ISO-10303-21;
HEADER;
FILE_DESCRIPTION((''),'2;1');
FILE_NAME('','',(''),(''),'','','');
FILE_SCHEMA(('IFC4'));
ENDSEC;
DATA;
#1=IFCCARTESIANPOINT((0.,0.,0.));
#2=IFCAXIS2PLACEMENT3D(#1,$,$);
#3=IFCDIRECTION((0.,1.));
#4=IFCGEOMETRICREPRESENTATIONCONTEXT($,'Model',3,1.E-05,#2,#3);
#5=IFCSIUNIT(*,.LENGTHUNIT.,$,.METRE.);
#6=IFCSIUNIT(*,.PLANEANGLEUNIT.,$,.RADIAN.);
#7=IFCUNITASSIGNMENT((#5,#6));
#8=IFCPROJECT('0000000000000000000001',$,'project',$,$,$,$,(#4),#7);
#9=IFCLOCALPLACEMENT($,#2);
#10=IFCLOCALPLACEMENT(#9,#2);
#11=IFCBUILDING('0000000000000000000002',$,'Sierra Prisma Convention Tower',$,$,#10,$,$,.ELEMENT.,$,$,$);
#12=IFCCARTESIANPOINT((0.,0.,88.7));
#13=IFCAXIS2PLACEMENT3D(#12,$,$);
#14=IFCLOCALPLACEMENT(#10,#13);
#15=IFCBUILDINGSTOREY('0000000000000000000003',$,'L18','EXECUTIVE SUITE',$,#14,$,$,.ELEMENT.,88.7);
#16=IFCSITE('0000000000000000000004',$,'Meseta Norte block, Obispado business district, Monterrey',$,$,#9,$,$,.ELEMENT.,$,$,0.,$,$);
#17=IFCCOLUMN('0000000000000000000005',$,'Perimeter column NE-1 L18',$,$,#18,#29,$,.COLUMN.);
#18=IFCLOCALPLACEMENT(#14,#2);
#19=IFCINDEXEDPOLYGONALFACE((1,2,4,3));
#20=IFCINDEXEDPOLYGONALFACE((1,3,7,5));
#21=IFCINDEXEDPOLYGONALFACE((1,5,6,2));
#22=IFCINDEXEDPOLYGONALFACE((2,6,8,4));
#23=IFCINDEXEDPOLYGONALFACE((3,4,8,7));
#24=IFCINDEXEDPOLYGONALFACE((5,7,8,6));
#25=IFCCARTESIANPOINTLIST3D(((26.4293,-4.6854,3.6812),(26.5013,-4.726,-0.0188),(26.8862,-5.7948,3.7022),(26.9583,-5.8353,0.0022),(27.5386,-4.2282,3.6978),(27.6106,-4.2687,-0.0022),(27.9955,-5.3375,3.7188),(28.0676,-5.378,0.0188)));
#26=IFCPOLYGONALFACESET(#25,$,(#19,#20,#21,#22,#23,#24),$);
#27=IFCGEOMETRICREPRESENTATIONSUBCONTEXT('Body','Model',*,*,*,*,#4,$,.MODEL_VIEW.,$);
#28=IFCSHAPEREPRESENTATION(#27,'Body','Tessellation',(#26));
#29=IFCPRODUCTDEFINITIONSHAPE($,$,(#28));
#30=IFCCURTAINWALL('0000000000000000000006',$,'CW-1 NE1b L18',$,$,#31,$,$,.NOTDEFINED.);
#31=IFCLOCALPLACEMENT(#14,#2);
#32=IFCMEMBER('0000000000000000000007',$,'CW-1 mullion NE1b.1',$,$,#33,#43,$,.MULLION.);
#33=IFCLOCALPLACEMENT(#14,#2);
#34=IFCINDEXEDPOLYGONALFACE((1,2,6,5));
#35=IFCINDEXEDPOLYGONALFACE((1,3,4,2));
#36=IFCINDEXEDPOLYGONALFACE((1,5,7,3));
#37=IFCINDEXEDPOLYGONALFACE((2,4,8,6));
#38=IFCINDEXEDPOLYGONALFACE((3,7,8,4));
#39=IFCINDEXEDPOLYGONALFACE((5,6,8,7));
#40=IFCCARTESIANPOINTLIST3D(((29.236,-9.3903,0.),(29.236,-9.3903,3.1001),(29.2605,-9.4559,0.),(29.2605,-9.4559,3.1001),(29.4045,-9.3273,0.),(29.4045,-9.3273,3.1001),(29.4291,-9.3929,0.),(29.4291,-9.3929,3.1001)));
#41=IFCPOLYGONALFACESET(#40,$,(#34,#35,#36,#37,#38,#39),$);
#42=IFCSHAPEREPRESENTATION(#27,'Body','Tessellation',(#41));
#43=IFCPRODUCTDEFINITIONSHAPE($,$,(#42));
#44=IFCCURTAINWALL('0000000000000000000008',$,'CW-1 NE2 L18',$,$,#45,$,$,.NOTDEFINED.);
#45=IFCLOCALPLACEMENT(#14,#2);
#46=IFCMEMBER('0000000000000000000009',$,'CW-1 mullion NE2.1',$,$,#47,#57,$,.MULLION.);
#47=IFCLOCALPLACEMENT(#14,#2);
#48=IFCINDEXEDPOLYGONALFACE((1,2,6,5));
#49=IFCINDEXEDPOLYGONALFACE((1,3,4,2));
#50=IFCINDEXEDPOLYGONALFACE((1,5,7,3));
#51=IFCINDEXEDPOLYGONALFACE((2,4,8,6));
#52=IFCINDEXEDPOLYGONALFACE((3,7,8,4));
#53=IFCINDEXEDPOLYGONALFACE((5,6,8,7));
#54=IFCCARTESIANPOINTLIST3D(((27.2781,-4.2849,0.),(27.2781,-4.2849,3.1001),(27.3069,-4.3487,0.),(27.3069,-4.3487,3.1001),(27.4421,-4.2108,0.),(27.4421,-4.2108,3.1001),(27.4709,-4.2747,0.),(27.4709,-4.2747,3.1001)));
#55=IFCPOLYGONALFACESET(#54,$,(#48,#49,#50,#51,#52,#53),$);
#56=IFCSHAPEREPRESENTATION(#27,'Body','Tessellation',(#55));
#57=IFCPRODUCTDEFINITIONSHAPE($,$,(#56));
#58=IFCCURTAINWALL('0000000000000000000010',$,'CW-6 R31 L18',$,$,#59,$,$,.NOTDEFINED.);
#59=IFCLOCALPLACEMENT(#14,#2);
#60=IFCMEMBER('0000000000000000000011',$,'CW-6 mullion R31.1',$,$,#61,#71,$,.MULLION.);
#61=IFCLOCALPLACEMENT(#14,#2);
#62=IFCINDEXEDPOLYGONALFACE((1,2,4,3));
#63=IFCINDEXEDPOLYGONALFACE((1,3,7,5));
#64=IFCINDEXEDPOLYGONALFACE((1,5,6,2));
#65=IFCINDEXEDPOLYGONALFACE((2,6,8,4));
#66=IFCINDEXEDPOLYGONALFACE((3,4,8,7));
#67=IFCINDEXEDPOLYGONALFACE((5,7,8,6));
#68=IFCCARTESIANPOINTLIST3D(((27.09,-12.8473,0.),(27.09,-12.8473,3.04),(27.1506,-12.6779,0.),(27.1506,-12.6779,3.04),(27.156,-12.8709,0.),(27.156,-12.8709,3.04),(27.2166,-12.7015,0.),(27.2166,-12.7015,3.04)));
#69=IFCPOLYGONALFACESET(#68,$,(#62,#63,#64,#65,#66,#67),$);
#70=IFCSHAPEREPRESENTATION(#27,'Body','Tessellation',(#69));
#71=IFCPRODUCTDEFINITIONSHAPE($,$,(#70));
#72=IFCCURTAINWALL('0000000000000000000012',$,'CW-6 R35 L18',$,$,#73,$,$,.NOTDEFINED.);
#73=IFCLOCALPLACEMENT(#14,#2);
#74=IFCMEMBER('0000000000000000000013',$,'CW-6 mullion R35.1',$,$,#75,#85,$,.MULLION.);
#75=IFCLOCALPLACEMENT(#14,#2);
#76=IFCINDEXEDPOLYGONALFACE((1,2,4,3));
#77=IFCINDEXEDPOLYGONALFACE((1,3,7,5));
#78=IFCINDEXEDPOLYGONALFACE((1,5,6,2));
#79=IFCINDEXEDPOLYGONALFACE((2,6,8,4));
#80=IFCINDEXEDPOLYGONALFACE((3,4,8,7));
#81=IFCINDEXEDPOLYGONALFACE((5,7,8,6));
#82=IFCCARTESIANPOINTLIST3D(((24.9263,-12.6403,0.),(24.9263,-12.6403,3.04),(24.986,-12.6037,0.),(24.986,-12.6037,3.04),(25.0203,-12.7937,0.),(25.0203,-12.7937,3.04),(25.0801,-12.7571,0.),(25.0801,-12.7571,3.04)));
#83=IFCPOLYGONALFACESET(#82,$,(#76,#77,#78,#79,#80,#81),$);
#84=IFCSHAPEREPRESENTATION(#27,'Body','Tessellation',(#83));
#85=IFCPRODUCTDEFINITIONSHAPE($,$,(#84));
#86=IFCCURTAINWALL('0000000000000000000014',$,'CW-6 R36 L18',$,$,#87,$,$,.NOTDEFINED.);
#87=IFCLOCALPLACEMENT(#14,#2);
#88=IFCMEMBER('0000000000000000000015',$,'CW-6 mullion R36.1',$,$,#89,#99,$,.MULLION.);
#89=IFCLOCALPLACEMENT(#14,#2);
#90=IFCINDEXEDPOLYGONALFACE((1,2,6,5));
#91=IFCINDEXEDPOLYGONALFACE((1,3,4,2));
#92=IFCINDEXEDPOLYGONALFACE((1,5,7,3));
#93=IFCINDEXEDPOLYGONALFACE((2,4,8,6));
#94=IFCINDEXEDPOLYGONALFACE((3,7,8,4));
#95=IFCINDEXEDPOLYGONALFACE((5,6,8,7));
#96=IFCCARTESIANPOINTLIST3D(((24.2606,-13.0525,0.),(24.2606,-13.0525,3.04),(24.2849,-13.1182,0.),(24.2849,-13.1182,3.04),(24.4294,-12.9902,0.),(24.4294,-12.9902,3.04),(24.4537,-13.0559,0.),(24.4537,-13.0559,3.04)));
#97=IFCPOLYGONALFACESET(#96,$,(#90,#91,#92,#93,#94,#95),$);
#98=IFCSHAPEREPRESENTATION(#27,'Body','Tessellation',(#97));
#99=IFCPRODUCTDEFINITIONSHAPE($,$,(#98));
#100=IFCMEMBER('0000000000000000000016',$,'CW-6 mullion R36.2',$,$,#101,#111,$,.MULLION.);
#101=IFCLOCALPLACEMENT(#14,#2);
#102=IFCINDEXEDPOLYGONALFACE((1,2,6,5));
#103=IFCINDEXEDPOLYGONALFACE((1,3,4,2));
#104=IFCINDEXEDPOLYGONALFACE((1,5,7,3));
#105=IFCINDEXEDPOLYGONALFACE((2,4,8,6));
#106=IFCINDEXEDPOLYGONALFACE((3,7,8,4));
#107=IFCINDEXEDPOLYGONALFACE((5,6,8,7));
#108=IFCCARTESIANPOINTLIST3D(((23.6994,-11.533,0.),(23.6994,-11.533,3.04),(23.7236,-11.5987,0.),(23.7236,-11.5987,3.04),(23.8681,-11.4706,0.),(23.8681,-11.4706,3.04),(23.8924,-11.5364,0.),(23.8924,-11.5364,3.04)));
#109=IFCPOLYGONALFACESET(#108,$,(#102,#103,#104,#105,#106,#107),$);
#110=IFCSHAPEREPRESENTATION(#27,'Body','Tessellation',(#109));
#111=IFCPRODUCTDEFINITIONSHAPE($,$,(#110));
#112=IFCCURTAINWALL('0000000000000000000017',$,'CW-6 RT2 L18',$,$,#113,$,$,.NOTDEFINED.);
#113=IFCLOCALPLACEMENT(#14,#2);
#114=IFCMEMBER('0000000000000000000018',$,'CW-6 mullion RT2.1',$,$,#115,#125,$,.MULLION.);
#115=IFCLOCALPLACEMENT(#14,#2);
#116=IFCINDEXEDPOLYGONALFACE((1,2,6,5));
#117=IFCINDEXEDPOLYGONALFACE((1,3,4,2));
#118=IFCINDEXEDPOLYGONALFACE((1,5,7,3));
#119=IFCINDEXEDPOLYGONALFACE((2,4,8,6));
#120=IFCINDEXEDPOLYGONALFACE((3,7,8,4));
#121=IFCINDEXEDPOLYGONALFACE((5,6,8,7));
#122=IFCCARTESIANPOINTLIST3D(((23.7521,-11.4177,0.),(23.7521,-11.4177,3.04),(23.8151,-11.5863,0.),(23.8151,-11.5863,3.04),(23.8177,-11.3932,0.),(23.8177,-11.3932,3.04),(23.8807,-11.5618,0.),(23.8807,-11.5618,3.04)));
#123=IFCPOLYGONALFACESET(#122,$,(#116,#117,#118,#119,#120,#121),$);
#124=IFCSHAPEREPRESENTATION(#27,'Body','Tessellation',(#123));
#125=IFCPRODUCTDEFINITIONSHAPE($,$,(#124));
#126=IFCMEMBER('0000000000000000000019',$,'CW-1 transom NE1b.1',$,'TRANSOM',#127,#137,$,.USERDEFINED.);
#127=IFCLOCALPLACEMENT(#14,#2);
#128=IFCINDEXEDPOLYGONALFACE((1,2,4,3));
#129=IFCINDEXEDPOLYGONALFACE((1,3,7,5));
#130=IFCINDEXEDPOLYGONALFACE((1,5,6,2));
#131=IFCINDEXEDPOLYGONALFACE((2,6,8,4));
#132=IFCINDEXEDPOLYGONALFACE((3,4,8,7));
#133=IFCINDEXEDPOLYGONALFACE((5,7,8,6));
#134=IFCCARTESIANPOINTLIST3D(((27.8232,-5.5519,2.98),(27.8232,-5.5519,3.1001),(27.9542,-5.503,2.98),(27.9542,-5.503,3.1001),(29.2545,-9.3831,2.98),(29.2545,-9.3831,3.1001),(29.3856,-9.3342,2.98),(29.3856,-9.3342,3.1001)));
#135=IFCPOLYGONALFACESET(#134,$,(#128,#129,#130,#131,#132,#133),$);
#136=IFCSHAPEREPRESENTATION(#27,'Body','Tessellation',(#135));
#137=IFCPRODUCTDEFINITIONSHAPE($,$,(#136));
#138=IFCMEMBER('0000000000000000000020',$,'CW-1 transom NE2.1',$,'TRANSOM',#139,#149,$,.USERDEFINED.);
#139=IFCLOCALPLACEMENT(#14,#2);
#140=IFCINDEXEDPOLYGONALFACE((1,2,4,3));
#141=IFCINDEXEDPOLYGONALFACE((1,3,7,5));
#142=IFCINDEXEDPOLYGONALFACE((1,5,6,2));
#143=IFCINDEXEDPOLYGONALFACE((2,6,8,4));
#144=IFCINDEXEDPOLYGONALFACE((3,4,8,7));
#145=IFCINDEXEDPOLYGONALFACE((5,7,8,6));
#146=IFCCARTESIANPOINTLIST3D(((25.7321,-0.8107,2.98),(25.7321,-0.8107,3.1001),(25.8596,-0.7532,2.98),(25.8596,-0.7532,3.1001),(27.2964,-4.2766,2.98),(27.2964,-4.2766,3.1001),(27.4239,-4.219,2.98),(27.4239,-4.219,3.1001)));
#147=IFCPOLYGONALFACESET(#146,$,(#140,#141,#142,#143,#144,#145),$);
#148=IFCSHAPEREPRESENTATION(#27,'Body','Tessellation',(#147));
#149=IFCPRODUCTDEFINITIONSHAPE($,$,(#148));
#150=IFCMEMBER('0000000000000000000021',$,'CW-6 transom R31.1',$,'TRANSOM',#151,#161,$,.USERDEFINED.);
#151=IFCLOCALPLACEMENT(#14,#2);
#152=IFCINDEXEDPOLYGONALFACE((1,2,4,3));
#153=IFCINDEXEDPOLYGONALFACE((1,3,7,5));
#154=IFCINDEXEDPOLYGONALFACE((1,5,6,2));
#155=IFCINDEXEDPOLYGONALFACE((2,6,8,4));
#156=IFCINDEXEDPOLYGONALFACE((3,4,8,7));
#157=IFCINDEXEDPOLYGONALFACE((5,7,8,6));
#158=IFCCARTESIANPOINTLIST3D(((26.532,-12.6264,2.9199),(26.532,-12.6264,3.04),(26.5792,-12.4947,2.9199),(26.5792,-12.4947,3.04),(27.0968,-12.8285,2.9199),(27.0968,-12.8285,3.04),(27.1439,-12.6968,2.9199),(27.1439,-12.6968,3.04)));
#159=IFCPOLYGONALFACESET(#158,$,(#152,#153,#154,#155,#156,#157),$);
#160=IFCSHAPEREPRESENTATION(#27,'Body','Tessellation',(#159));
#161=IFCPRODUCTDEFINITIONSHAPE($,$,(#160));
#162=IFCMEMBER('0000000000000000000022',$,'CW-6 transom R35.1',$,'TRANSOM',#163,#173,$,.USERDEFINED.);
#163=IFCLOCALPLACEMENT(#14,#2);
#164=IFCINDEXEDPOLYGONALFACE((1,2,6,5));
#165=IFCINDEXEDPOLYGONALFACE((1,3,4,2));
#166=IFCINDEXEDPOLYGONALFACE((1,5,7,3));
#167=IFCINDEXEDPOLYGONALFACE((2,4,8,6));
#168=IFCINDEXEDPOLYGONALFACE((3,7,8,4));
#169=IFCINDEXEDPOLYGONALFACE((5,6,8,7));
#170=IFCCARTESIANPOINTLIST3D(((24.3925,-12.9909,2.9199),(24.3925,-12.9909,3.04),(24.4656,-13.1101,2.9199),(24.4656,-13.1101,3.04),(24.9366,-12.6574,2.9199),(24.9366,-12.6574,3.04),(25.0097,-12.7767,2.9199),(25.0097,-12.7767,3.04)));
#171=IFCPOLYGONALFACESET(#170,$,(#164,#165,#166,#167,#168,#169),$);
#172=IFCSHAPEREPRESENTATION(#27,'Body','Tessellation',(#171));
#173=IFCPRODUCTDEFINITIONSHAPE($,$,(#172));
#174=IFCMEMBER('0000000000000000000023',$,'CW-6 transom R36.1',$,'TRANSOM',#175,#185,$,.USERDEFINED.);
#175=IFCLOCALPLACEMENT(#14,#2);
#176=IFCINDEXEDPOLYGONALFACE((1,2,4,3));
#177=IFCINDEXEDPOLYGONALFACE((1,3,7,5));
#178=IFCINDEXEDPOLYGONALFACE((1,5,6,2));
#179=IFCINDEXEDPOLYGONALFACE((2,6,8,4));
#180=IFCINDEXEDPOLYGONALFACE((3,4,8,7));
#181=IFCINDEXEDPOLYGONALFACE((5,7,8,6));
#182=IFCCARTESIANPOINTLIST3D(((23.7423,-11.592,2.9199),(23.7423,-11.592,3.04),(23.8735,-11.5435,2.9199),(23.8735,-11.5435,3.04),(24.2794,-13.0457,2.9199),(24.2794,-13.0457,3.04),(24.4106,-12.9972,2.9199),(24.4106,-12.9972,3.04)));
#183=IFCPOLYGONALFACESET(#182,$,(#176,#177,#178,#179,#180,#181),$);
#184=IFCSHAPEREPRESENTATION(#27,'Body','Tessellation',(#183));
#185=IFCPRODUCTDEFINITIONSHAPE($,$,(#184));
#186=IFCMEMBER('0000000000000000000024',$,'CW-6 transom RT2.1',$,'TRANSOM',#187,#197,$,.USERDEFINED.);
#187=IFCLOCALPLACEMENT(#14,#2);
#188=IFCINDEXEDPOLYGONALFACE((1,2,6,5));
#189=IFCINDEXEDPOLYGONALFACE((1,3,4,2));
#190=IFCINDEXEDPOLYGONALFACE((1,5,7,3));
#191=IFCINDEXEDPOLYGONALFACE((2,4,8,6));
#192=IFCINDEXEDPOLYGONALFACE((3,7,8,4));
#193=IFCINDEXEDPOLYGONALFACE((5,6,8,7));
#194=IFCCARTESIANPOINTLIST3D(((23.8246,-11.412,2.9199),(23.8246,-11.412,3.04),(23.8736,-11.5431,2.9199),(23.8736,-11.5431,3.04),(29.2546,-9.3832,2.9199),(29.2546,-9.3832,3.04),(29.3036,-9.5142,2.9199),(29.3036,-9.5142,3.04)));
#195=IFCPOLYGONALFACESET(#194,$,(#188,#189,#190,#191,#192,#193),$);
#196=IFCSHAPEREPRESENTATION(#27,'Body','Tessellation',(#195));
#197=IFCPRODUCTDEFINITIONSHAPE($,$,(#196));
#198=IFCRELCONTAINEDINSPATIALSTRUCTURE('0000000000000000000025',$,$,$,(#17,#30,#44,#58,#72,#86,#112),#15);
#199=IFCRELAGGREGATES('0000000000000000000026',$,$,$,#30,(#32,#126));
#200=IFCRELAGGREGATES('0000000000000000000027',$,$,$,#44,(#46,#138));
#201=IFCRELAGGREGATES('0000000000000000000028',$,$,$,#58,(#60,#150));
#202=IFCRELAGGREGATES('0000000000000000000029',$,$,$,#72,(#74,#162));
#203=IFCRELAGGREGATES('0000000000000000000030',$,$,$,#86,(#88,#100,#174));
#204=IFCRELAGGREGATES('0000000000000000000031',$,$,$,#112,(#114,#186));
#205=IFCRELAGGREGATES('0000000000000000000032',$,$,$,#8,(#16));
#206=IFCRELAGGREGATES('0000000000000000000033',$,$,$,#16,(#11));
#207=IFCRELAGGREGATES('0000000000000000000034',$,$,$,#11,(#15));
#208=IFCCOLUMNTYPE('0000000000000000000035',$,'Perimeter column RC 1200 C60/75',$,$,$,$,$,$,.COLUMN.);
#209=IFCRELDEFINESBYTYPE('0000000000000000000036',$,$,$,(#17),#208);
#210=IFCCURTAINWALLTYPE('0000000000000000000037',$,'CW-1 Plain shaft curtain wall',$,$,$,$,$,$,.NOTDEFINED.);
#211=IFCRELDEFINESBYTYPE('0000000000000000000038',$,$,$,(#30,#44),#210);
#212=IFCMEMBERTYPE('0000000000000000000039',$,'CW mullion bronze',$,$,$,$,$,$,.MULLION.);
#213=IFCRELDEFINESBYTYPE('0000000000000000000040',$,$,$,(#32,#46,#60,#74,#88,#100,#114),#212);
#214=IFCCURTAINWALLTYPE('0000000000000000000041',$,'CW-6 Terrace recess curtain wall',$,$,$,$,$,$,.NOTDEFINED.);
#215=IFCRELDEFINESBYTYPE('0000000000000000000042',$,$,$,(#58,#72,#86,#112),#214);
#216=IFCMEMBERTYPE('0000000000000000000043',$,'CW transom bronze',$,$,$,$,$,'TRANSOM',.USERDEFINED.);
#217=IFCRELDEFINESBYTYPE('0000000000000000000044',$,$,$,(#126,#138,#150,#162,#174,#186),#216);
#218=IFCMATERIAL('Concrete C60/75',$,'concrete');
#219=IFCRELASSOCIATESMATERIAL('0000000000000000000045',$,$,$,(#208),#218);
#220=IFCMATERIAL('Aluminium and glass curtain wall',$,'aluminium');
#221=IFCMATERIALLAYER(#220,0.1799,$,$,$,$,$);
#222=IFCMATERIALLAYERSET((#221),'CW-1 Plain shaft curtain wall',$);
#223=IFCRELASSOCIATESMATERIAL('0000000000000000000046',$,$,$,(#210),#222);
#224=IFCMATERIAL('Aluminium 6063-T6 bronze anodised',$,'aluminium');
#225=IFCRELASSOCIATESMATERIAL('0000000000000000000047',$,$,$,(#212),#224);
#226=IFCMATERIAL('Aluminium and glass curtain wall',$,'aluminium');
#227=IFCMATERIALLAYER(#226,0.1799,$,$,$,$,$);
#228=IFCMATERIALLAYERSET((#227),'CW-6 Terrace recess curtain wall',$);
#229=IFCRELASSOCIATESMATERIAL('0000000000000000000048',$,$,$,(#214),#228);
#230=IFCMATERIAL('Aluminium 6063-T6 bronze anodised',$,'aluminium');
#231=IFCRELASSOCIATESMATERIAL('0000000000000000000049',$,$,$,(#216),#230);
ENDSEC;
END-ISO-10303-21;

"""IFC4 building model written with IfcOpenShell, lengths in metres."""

from ifc_helpers import new_model, si_unit, direction, frame, origin, origin_2d, place, context, subcontext, project, spatial, rectangle, extrude, material, layer, layer_set, material_profile, profile_set, type_object, element, aggregate, save


model = new_model("IFC4")

# Units and contexts
model_context = context("Model", 3, precision=1e-05, world=origin(), true_north=direction((0.0, 1.0)))
body_context = subcontext(model_context, "Body", "Model", "MODEL_VIEW")
ifc_project = project(units=[si_unit("LENGTHUNIT", "METRE"), si_unit("PLANEANGLEUNIT", "RADIAN")], contexts=[model_context])

# Site, building, storey
site_placement = place(None, origin())
site = spatial("IfcSite", under=ifc_project, at=site_placement, Name="Meseta Norte block, Obispado business district, Monterrey", CompositionType="ELEMENT", RefElevation=0.0)
building_placement = place(site_placement, origin())
building = spatial("IfcBuilding", under=site, at=building_placement, Name="Sierra Prisma Convention Tower", CompositionType="ELEMENT")
storey_placement = place(building_placement, frame((0.0, 0.0, 88.7)))
storey = spatial("IfcBuildingStorey", under=building, at=storey_placement, Name="L18", Description="EXECUTIVE SUITE", CompositionType="ELEMENT", Elevation=88.7)

# Column
ifc_material_1 = material(Name="Concrete C60/75", Category="concrete")
ifc_material_profile_1 = material_profile(ifc_material_1, rectangle(XDim=1.2, YDim=1.2, at=origin_2d()), Name="Perimeter column RC 1200 C60/75")
ifc_profile_set_1 = profile_set([ifc_material_profile_1], Name="Concrete C60/75")
column_type = type_object("IfcColumnType", Name="Perimeter column RC 1200 C60/75", PredefinedType="COLUMN", material=ifc_profile_set_1)
column_placement = place(storey_placement, frame((27.2844, -5.052, 0.0), z_axis=(-0.019461, 0.010951, 0.999751), x_axis=(-0.380819, 0.924483, -0.017539)))
element("IfcColumn", 1, at=column_placement, inside=storey, type_object=column_type, Name="Perimeter column NE-1 L18", PredefinedType="COLUMN", context=body_context, shape_type="SweptSolid", body=[
    extrude(rectangle(XDim=1.2, YDim=1.2, at=origin_2d()), origin(), (0.0, 0.0, 1.0), 3.7009),
])

# Curtain walls, members
ifc_material_2 = material(Name="Aluminium and glass curtain wall", Category="aluminium")
ifc_layer_1 = layer(ifc_material_2, 0.1799)
ifc_layer_set_1 = layer_set([ifc_layer_1], Name="CW-1 Plain shaft curtain wall")
curtain_wall_type_1 = type_object("IfcCurtainWallType", Name="CW-1 Plain shaft curtain wall", PredefinedType="NOTDEFINED", material=ifc_layer_set_1)
curtain_wall_1_placement = place(storey_placement, origin())
curtain_wall_1 = element("IfcCurtainWall", 2, at=curtain_wall_1_placement, inside=storey, type_object=curtain_wall_type_1, Name="CW-1 NE1b L18", PredefinedType="NOTDEFINED")
ifc_material_3 = material(Name="Aluminium 6063-T6 bronze anodised", Category="aluminium")
ifc_material_profile_2 = material_profile(ifc_material_3, rectangle(XDim=0.1799, YDim=0.0701, at=origin_2d()), Name="ALU MULLION 70x180")
ifc_profile_set_2 = profile_set([ifc_material_profile_2], Name="Aluminium 6063-T6 bronze anodised")
member_type_1 = type_object("IfcMemberType", Name="CW mullion bronze", PredefinedType="MULLION", material=ifc_profile_set_2)
member_1_placement = place(storey_placement, frame((29.3325, -9.3916, 0.0), z_axis=(0.0, 0.0, 1.0), x_axis=(-0.936757, -0.349981, 0.0)))
member_1 = element("IfcMember", 3, at=member_1_placement, type_object=member_type_1, Name="CW-1 mullion NE1b.1", PredefinedType="MULLION", context=body_context, shape_type="SweptSolid", body=[
    extrude(rectangle(XDim=0.1799, YDim=0.0701, at=origin_2d()), origin(), (0.0, 0.0, 1.0), 3.1001),
])
curtain_wall_2_placement = place(storey_placement, origin())
curtain_wall_2 = element("IfcCurtainWall", 4, at=curtain_wall_2_placement, inside=storey, type_object=curtain_wall_type_1, Name="CW-1 NE2 L18", PredefinedType="NOTDEFINED")
member_2_placement = place(storey_placement, frame((27.3745, -4.2798, 0.0), z_axis=(0.0, 0.0, 1.0), x_axis=(-0.911463, -0.411382, 0.0)))
member_2 = element("IfcMember", 5, at=member_2_placement, type_object=member_type_1, Name="CW-1 mullion NE2.1", PredefinedType="MULLION", context=body_context, shape_type="SweptSolid", body=[
    extrude(rectangle(XDim=0.1799, YDim=0.0701, at=origin_2d()), origin(), (0.0, 0.0, 1.0), 3.1001),
])
ifc_material_4 = material(Name="Aluminium and glass curtain wall", Category="aluminium")
ifc_layer_2 = layer(ifc_material_4, 0.1799)
ifc_layer_set_2 = layer_set([ifc_layer_2], Name="CW-6 Terrace recess curtain wall")
curtain_wall_type_2 = type_object("IfcCurtainWallType", Name="CW-6 Terrace recess curtain wall", PredefinedType="NOTDEFINED", material=ifc_layer_set_2)
curtain_wall_3_placement = place(storey_placement, origin())
curtain_wall_3 = element("IfcCurtainWall", 6, at=curtain_wall_3_placement, inside=storey, type_object=curtain_wall_type_2, Name="CW-6 R31 L18", PredefinedType="NOTDEFINED")
member_3_placement = place(storey_placement, frame((27.1533, -12.7744, 0.0), z_axis=(0.0, 0.0, 1.0), x_axis=(-0.33689, -0.941544, 0.0)))
member_3 = element("IfcMember", 7, at=member_3_placement, type_object=member_type_1, Name="CW-6 mullion R31.1", PredefinedType="MULLION", context=body_context, shape_type="SweptSolid", body=[
    extrude(rectangle(XDim=0.1799, YDim=0.0701, at=origin_2d()), origin(), (0.0, 0.0, 1.0), 3.04),
])
curtain_wall_4_placement = place(storey_placement, origin())
curtain_wall_4 = element("IfcCurtainWall", 8, at=curtain_wall_4_placement, inside=storey, type_object=curtain_wall_type_2, Name="CW-6 R35 L18", PredefinedType="NOTDEFINED")
member_4_placement = place(storey_placement, frame((25.0032, -12.6987, 0.0), z_axis=(0.0, 0.0, 1.0), x_axis=(0.522495, -0.852642, 0.0)))
member_4 = element("IfcMember", 9, at=member_4_placement, type_object=member_type_1, Name="CW-6 mullion R35.1", PredefinedType="MULLION", context=body_context, shape_type="SweptSolid", body=[
    extrude(rectangle(XDim=0.1799, YDim=0.0701, at=origin_2d()), origin(), (0.0, 0.0, 1.0), 3.04),
])

# Curtain wall, members
curtain_wall_5_placement = place(storey_placement, origin())
curtain_wall_5 = element("IfcCurtainWall", 10, at=curtain_wall_5_placement, inside=storey, type_object=curtain_wall_type_2, Name="CW-6 R36 L18", PredefinedType="NOTDEFINED")
member_5_placement = place(storey_placement, frame((24.3572, -13.0542, 0.0), z_axis=(0.0, 0.0, 1.0), x_axis=(-0.938036, -0.346537, 0.0)))
member_5 = element("IfcMember", 11, at=member_5_placement, type_object=member_type_1, Name="CW-6 mullion R36.1", PredefinedType="MULLION", context=body_context, shape_type="SweptSolid", body=[
    extrude(rectangle(XDim=0.1799, YDim=0.0701, at=origin_2d()), origin(), (0.0, 0.0, 1.0), 3.04),
])
member_6_placement = place(storey_placement, frame((23.7959, -11.5347, 0.0), z_axis=(0.0, 0.0, 1.0), x_axis=(-0.938036, -0.346537, 0.0)))
member_6 = element("IfcMember", 12, at=member_6_placement, type_object=member_type_1, Name="CW-6 mullion R36.2", PredefinedType="MULLION", context=body_context, shape_type="SweptSolid", body=[
    extrude(rectangle(XDim=0.1799, YDim=0.0701, at=origin_2d()), origin(), (0.0, 0.0, 1.0), 3.04),
])

# Curtain wall, member
curtain_wall_6_placement = place(storey_placement, origin())
curtain_wall_6 = element("IfcCurtainWall", 13, at=curtain_wall_6_placement, inside=storey, type_object=curtain_wall_type_2, Name="CW-6 RT2 L18", PredefinedType="NOTDEFINED")
member_7_placement = place(storey_placement, frame((23.8164, -11.4897, 0.0), z_axis=(0.0, 0.0, 1.0), x_axis=(-0.349981, 0.936757, 0.0)))
member_7 = element("IfcMember", 14, at=member_7_placement, type_object=member_type_1, Name="CW-6 mullion RT2.1", PredefinedType="MULLION", context=body_context, shape_type="SweptSolid", body=[
    extrude(rectangle(XDim=0.1799, YDim=0.0701, at=origin_2d()), origin(), (0.0, 0.0, 1.0), 3.04),
])

# Members
ifc_material_5 = material(Name="Aluminium 6063-T6 bronze anodised", Category="aluminium")
ifc_material_profile_3 = material_profile(ifc_material_5, rectangle(XDim=0.1399, YDim=0.1201, at=origin_2d()), Name="ALU TRANSOM 120x140")
ifc_profile_set_3 = profile_set([ifc_material_profile_3], Name="Aluminium 6063-T6 bronze anodised")
member_type_2 = type_object("IfcMemberType", Name="CW transom bronze", ElementType="TRANSOM", PredefinedType="USERDEFINED", material=ifc_profile_set_3)
member_8_placement = place(storey_placement, frame((29.3201, -9.3586, 3.04), z_axis=(-0.349978, 0.936758, 0.0), x_axis=(-0.936758, -0.349978, 0.0)))
member_8 = element("IfcMember", 15, at=member_8_placement, type_object=member_type_2, Name="CW-1 transom NE1b.1", ObjectType="TRANSOM", PredefinedType="USERDEFINED", context=body_context, shape_type="SweptSolid", body=[
    extrude(rectangle(XDim=0.1399, YDim=0.1201, at=origin_2d()), origin(), (0.0, 0.0, 1.0), 4.0898),
])
member_9_placement = place(storey_placement, frame((27.3601, -4.2478, 3.04), z_axis=(-0.411368, 0.911469, 0.0), x_axis=(-0.911469, -0.411368, 0.0)))
member_9 = element("IfcMember", 16, at=member_9_placement, type_object=member_type_2, Name="CW-1 transom NE2.1", ObjectType="TRANSOM", PredefinedType="USERDEFINED", context=body_context, shape_type="SweptSolid", body=[
    extrude(rectangle(XDim=0.1399, YDim=0.1201, at=origin_2d()), origin(), (0.0, 0.0, 1.0), 3.8025),
])
member_10_placement = place(storey_placement, frame((27.1204, -12.7627, 2.98), z_axis=(-0.941493, 0.337033, 0.0), x_axis=(-0.337033, -0.941493, 0.0)))
member_10 = element("IfcMember", 17, at=member_10_placement, type_object=member_type_2, Name="CW-6 transom R31.1", ObjectType="TRANSOM", PredefinedType="USERDEFINED", context=body_context, shape_type="SweptSolid", body=[
    extrude(rectangle(XDim=0.1399, YDim=0.1201, at=origin_2d()), origin(), (0.0, 0.0, 1.0), 0.5999),
])
member_11_placement = place(storey_placement, frame((24.9731, -12.717, 2.98), z_axis=(-0.852629, -0.522517, 0.0), x_axis=(0.522517, -0.852629, 0.0)))
member_11 = element("IfcMember", 18, at=member_11_placement, type_object=member_type_2, Name="CW-6 transom R35.1", ObjectType="TRANSOM", PredefinedType="USERDEFINED", context=body_context, shape_type="SweptSolid", body=[
    extrude(rectangle(XDim=0.1399, YDim=0.1201, at=origin_2d()), origin(), (0.0, 0.0, 1.0), 0.6382),
])
member_12_placement = place(storey_placement, frame((24.345, -13.0215, 2.98), z_axis=(-0.346545, 0.938033, 0.0), x_axis=(-0.938033, -0.346545, 0.0)))
member_12 = element("IfcMember", 19, at=member_12_placement, type_object=member_type_2, Name="CW-6 transom R36.1", ObjectType="TRANSOM", PredefinedType="USERDEFINED", context=body_context, shape_type="SweptSolid", body=[
    extrude(rectangle(XDim=0.1399, YDim=0.1201, at=origin_2d()), origin(), (0.0, 0.0, 1.0), 1.5498),
])
member_13_placement = place(storey_placement, frame((23.8491, -11.4775, 2.98), z_axis=(0.936749, 0.350002, 0.0), x_axis=(-0.350002, 0.936749, 0.0)))
member_13 = element("IfcMember", 20, at=member_13_placement, type_object=member_type_2, Name="CW-6 transom RT2.1", ObjectType="TRANSOM", PredefinedType="USERDEFINED", context=body_context, shape_type="SweptSolid", body=[
    extrude(rectangle(XDim=0.1399, YDim=0.1201, at=origin_2d()), origin(), (0.0, 0.0, 1.0), 5.7966),
])

aggregate(curtain_wall_1, [member_1, member_8])
aggregate(curtain_wall_2, [member_2, member_9])

aggregate(curtain_wall_3, [member_3, member_10])
aggregate(curtain_wall_4, [member_4, member_11])
aggregate(curtain_wall_5, [member_5, member_6, member_12])
aggregate(curtain_wall_6, [member_7, member_13])

save(model, "model.ifc")
